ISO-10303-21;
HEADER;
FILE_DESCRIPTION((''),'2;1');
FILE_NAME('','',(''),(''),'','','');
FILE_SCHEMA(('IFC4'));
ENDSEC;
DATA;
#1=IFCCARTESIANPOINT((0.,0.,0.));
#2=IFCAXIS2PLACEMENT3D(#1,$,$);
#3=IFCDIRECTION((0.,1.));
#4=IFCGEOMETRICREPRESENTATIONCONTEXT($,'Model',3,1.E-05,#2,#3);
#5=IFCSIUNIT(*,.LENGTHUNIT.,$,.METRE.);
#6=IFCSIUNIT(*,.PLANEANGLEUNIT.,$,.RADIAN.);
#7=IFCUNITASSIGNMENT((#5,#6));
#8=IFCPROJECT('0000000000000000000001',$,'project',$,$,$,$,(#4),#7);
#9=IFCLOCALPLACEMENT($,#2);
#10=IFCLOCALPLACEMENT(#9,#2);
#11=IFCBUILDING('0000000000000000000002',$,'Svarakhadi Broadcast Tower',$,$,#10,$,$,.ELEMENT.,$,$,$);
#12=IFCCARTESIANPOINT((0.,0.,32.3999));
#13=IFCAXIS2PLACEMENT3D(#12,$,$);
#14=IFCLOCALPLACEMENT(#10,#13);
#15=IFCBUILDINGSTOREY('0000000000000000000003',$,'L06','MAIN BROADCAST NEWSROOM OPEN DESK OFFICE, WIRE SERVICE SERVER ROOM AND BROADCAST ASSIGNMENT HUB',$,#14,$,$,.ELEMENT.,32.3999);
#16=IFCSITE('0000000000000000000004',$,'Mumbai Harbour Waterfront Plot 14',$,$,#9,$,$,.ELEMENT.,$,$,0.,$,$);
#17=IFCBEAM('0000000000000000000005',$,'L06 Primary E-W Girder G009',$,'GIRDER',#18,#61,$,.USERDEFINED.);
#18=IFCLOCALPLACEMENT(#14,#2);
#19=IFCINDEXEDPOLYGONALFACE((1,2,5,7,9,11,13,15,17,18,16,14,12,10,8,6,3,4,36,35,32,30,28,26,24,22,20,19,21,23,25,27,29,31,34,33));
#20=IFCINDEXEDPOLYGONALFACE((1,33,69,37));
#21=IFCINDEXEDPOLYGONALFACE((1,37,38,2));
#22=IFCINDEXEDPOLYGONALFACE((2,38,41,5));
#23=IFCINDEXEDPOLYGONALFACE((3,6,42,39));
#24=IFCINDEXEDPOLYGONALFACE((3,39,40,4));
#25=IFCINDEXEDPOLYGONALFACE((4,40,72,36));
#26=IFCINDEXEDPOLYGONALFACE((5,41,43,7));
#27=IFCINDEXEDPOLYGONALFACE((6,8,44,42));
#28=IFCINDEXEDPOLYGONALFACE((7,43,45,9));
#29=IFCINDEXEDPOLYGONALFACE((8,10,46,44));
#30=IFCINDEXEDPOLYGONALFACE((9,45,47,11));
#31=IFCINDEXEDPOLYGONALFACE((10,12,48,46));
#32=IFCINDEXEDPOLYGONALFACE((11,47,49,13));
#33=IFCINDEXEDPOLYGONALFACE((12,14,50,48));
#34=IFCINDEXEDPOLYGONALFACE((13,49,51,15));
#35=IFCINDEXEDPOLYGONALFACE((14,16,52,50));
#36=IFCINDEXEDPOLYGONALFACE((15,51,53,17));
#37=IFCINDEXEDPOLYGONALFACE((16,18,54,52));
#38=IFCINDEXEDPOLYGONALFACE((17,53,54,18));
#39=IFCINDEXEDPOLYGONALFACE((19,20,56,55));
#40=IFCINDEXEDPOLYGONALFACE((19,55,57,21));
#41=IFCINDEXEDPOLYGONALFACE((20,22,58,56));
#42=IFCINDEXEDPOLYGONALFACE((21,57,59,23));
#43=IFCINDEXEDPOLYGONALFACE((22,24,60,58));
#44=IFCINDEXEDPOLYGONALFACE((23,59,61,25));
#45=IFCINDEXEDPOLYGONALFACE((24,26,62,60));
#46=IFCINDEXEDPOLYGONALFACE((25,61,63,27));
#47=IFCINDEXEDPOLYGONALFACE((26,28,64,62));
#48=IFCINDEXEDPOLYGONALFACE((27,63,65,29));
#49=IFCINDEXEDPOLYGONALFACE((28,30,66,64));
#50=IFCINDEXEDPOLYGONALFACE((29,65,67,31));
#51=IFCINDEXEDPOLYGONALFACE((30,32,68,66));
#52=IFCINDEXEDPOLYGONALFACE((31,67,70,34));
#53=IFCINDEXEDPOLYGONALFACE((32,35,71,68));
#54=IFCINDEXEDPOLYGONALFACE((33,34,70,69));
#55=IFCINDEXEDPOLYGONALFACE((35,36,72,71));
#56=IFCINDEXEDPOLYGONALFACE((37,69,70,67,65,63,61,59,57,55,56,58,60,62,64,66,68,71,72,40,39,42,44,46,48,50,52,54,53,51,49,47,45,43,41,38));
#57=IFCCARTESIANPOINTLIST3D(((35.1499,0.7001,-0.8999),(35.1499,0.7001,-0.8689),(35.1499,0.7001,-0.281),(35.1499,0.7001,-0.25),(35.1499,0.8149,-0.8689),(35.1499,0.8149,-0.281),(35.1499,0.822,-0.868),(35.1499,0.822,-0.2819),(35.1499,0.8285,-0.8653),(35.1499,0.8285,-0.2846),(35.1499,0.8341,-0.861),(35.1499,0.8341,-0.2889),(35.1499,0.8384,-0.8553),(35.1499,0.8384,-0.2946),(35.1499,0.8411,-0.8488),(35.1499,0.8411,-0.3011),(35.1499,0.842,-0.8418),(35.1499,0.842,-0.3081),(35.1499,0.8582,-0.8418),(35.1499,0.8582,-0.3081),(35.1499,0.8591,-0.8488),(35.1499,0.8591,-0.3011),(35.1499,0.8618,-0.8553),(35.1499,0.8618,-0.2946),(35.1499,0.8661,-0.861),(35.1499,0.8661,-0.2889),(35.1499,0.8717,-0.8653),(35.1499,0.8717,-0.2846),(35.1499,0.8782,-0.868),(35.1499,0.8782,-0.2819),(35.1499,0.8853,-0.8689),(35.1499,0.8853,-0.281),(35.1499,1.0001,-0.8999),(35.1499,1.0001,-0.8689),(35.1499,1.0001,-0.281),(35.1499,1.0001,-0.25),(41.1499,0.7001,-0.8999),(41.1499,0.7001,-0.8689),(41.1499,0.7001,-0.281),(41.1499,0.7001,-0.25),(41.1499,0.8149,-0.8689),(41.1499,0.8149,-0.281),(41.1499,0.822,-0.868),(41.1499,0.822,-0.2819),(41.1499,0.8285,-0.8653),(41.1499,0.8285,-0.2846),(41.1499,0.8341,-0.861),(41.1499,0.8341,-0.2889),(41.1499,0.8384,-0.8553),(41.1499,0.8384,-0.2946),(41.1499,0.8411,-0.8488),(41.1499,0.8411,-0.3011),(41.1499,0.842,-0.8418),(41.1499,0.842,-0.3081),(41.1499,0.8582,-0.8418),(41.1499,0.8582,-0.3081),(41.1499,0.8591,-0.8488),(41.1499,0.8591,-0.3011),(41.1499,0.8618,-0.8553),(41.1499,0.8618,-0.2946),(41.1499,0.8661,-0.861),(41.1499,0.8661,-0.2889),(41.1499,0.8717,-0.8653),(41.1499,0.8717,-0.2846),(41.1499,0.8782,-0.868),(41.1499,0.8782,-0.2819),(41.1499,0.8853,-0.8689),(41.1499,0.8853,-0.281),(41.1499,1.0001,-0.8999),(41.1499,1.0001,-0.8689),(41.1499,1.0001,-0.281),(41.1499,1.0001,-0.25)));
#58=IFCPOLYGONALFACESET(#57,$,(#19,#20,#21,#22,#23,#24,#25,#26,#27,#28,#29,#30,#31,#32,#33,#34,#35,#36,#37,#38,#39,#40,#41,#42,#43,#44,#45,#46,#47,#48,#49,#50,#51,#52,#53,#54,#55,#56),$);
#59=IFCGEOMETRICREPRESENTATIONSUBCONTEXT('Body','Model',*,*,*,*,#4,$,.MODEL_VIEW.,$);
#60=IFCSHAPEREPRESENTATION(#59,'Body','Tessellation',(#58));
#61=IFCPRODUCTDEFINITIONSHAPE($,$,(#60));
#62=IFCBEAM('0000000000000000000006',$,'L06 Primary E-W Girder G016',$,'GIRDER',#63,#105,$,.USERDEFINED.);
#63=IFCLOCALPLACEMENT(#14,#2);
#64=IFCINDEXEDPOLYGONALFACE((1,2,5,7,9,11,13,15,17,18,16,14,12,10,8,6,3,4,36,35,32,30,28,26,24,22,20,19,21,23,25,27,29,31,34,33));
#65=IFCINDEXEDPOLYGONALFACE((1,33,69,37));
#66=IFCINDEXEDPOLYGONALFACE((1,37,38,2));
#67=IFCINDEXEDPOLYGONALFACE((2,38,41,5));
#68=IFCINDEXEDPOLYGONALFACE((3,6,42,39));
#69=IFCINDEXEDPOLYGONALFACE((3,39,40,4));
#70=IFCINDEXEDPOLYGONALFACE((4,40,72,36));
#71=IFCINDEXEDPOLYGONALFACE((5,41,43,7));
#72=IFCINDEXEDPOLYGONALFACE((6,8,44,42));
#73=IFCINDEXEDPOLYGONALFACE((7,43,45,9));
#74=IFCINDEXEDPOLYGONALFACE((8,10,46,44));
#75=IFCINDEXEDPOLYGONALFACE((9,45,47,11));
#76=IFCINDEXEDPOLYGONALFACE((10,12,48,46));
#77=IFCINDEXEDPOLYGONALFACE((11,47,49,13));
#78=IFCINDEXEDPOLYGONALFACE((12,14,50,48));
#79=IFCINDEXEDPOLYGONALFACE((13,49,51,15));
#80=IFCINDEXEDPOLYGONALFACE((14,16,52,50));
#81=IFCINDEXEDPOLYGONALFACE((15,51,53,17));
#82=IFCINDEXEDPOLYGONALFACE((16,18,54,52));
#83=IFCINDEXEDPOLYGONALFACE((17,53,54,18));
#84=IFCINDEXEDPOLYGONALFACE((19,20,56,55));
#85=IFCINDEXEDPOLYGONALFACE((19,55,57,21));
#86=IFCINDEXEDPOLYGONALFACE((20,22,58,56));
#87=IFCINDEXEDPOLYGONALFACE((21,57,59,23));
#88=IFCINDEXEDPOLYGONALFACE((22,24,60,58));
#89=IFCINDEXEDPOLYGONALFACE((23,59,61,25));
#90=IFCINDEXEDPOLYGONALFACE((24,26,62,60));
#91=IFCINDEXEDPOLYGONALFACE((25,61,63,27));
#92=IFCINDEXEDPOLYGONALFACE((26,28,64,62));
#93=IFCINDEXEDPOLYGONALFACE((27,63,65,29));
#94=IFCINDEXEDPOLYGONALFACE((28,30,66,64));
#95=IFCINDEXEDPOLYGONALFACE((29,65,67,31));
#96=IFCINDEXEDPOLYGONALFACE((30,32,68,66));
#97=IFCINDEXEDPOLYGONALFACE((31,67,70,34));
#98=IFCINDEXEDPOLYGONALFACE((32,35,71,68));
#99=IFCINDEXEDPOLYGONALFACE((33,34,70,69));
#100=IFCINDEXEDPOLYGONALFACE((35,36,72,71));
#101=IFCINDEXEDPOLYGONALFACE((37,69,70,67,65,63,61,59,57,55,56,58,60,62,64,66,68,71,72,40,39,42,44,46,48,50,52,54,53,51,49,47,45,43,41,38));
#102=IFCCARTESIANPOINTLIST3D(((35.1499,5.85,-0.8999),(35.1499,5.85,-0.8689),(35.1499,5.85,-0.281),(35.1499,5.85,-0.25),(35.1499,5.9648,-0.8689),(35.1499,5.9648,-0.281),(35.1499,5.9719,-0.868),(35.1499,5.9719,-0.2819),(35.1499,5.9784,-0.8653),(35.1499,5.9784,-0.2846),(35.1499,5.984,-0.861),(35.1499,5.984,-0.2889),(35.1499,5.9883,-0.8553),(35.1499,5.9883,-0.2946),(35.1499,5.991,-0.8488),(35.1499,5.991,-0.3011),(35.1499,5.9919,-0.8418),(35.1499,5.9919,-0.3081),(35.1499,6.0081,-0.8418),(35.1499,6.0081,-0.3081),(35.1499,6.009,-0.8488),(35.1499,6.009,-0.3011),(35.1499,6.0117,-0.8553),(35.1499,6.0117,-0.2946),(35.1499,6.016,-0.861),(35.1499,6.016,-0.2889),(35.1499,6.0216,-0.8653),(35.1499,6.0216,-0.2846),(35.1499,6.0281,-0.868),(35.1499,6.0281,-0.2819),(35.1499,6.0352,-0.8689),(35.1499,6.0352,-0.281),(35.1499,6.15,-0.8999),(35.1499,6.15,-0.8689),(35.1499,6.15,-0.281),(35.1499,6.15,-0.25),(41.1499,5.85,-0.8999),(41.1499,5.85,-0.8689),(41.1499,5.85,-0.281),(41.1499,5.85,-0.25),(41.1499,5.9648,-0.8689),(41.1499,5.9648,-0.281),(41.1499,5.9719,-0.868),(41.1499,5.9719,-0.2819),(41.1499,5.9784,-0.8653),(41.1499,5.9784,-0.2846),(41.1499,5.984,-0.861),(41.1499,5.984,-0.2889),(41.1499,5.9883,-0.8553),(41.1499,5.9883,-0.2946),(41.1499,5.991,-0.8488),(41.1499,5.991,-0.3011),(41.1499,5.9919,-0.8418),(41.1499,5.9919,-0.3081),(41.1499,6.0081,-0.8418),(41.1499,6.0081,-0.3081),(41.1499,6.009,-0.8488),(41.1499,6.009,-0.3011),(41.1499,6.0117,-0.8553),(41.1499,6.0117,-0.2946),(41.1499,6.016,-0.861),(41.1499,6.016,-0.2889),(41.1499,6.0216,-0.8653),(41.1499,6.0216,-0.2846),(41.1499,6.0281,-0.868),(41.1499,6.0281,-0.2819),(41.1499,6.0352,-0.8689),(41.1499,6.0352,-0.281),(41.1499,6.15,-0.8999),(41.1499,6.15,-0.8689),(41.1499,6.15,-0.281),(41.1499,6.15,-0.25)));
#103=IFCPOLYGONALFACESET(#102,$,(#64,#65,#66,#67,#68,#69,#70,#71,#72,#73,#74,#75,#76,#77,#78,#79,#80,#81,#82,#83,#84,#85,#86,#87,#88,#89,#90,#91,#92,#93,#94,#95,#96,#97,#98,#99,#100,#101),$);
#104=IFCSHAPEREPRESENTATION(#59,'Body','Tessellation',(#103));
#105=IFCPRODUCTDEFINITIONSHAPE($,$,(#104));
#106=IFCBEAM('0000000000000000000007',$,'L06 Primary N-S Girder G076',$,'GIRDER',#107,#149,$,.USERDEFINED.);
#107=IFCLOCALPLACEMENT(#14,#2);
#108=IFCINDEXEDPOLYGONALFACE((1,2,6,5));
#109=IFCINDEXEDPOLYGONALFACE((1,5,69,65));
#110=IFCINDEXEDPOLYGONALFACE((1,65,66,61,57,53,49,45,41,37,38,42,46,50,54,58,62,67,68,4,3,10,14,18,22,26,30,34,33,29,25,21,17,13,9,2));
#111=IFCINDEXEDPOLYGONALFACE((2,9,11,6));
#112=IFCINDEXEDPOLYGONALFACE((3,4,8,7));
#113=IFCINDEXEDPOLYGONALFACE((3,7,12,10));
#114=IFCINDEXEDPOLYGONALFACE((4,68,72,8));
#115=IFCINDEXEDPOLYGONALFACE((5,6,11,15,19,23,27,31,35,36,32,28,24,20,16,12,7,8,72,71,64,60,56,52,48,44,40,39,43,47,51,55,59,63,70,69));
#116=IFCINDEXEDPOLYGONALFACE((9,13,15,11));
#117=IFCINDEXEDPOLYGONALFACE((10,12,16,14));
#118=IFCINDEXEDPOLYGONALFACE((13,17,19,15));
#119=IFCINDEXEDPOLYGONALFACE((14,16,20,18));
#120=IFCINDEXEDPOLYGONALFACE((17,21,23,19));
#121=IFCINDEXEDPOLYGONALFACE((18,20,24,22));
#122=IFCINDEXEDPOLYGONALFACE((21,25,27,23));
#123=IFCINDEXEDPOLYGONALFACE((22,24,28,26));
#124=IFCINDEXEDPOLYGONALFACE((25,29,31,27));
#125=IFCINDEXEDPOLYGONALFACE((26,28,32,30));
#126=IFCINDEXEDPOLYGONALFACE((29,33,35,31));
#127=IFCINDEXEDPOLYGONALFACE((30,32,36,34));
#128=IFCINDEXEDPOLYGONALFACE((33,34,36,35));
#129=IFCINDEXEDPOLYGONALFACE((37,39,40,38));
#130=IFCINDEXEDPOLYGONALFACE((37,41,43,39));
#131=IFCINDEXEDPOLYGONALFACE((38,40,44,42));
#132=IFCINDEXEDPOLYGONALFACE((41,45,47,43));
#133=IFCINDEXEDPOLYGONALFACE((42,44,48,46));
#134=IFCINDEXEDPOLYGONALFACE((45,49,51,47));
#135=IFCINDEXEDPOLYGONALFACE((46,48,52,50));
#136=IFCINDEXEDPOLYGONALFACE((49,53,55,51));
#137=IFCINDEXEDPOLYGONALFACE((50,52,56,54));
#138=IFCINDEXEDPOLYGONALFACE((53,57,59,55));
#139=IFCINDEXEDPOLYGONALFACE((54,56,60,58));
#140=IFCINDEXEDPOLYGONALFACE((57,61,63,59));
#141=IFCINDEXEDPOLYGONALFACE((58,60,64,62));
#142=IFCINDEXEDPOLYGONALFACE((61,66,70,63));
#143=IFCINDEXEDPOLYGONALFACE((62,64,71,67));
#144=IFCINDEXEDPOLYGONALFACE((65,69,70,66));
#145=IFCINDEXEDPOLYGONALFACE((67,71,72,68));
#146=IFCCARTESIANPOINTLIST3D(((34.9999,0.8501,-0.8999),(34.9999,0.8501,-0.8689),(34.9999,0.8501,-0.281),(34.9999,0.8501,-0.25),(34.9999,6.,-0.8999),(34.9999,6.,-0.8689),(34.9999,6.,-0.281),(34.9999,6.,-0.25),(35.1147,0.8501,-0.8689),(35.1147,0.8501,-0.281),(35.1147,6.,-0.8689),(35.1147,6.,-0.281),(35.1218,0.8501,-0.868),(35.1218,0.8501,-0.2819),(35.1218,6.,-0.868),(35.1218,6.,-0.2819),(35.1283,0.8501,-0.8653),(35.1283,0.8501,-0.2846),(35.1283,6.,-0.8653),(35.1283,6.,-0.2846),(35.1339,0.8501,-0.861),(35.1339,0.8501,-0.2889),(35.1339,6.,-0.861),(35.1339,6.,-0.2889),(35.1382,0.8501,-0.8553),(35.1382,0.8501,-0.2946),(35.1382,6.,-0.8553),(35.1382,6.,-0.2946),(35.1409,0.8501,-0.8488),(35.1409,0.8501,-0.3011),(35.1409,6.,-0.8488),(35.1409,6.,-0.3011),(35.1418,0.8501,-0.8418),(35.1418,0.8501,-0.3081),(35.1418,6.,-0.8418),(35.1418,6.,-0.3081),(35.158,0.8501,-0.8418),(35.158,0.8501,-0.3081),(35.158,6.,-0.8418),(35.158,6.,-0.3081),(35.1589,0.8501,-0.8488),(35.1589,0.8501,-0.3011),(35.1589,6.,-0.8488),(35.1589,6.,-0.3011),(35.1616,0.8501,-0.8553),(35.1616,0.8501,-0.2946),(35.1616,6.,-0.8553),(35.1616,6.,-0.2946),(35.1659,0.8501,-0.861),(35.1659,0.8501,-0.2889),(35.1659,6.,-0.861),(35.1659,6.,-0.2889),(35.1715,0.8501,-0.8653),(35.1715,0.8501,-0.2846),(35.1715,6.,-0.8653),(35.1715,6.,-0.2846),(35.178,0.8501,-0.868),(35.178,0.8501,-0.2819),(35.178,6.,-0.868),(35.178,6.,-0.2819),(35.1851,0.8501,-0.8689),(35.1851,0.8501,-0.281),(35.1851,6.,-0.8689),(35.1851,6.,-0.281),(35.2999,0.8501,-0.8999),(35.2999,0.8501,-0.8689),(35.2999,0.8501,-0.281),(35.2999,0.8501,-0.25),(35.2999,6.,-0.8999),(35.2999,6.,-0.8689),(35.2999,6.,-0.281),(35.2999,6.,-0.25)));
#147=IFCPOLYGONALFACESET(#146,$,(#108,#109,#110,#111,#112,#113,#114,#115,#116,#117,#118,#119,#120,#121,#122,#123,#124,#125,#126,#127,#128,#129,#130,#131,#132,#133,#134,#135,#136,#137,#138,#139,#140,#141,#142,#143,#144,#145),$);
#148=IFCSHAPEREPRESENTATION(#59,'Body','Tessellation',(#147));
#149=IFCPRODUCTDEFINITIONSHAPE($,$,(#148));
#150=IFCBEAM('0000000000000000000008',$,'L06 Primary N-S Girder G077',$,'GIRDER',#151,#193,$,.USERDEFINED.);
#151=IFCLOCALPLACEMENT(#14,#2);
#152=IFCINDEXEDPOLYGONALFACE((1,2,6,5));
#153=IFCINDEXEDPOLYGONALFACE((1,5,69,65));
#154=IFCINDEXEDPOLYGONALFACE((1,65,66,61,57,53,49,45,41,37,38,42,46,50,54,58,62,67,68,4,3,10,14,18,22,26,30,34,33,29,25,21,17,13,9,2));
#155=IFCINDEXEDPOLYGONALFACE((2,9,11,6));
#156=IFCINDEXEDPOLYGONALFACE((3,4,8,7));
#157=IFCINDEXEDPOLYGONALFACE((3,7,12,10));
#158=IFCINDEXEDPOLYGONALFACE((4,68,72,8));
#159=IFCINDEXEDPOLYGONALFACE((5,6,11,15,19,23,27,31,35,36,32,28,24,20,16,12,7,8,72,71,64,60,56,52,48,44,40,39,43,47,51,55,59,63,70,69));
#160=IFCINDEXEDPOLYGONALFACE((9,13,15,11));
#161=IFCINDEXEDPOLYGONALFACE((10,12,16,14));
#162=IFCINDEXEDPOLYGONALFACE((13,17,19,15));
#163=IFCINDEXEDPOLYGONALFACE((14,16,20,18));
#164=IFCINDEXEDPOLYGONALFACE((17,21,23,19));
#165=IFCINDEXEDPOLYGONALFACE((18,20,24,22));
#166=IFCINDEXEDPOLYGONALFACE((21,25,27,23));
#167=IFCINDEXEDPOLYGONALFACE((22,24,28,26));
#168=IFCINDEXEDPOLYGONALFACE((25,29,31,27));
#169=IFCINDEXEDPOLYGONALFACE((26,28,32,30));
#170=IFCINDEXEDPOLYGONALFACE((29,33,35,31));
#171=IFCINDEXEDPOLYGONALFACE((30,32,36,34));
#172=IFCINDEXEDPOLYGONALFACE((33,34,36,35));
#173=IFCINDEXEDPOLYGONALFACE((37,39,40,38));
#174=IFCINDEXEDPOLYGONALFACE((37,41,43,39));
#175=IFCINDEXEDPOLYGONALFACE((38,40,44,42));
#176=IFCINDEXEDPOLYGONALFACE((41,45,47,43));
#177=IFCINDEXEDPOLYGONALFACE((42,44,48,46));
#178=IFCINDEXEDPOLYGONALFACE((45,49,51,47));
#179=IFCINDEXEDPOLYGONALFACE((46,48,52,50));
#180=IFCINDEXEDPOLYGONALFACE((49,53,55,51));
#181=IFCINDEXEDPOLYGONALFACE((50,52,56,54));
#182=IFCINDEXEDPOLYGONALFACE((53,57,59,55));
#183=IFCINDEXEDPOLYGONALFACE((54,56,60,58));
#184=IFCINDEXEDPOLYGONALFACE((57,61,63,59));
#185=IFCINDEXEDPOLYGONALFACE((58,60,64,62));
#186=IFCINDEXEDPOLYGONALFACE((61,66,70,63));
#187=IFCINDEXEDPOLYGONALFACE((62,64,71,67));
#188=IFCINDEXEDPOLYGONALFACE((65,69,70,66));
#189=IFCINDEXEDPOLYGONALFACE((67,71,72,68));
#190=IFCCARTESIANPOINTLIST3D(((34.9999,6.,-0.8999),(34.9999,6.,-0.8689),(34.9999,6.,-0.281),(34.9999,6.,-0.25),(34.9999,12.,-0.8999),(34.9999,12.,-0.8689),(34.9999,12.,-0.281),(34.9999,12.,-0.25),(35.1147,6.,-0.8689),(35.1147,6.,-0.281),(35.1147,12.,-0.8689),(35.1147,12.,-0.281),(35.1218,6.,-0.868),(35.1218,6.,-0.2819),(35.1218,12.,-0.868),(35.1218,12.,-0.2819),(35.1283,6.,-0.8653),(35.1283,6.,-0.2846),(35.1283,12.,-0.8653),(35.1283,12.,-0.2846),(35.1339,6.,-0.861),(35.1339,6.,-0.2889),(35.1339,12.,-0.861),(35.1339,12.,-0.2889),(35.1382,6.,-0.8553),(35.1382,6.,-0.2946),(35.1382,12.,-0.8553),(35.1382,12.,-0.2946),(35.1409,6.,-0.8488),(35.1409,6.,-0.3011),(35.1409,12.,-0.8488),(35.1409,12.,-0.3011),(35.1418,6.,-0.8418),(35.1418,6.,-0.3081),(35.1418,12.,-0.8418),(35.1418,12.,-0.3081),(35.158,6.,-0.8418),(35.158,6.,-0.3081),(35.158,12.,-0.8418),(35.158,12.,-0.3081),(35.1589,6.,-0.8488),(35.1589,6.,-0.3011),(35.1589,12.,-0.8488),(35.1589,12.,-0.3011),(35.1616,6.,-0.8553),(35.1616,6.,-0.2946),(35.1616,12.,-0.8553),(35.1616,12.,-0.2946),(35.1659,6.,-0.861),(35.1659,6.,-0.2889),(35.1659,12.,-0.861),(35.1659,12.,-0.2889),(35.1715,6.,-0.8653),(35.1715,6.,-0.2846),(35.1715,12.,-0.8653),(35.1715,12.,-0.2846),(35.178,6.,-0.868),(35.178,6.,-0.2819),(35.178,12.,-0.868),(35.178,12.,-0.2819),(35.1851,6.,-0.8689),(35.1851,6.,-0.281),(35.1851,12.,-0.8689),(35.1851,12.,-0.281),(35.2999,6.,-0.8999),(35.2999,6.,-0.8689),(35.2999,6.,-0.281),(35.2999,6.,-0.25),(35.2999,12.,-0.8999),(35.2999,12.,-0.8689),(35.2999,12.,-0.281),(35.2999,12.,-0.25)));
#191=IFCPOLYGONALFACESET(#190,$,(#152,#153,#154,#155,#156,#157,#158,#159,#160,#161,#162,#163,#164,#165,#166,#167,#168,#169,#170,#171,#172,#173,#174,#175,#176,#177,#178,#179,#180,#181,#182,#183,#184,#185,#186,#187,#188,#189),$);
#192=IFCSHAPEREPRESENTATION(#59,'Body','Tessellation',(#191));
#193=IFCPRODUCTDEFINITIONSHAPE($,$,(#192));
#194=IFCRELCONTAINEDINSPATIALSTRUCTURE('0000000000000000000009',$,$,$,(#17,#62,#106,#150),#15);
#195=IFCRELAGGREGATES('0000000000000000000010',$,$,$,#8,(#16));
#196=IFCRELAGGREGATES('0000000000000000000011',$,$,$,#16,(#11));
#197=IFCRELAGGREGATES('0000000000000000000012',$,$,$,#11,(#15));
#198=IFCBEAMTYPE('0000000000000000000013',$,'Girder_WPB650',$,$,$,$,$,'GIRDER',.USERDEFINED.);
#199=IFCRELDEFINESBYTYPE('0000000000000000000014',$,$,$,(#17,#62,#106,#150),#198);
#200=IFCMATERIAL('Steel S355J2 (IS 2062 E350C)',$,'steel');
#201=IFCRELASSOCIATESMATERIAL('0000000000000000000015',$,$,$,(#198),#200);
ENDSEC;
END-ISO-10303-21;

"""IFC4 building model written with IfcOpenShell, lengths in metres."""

from ifc_helpers import new_model, si_unit, direction, frame, origin, origin_2d, place, context, subcontext, project, spatial, i_section, extrude, material, material_profile, profile_set, type_object, element, save


model = new_model("IFC4")

# Units and contexts
model_context = context("Model", 3, precision=1e-05, world=origin(), true_north=direction((0.0, 1.0)))
body_context = subcontext(model_context, "Body", "Model", "MODEL_VIEW")
ifc_project = project(units=[si_unit("LENGTHUNIT", "METRE"), si_unit("PLANEANGLEUNIT", "RADIAN")], contexts=[model_context])

# Site, building, storey
site_placement = place(None, origin())
site = spatial("IfcSite", under=ifc_project, at=site_placement, Name="Mumbai Harbour Waterfront Plot 14", CompositionType="ELEMENT", RefElevation=0.0)
building_placement = place(site_placement, origin())
building = spatial("IfcBuilding", under=site, at=building_placement, Name="Svarakhadi Broadcast Tower", CompositionType="ELEMENT")
storey_placement = place(building_placement, frame((0.0, 0.0, 32.3999)))
storey = spatial("IfcBuildingStorey", under=building, at=storey_placement, Name="L06", Description="MAIN BROADCAST NEWSROOM OPEN DESK OFFICE, WIRE SERVICE SERVER ROOM AND BROADCAST ASSIGNMENT HUB", CompositionType="ELEMENT", Elevation=32.3999)

# Shared definitions
ifc_material_1 = material(Name="Steel S355J2 (IS 2062 E350C)", Category="steel")

# Beams
ifc_material_profile_1 = material_profile(ifc_material_1, i_section(OverallWidth=0.3, OverallDepth=0.6499, WebThickness=0.0161, FlangeThickness=0.031, FilletRadius=0.0271, at=origin_2d()), Name="WPB 650x300x225")
ifc_profile_set_1 = profile_set([ifc_material_profile_1], Name="Steel S355J2 (IS 2062 E350C)")
beam_type_1 = type_object("IfcBeamType", Name="Girder_WPB650", ElementType="GIRDER", PredefinedType="USERDEFINED", material=ifc_profile_set_1)
for number, where, z_axis, x_axis, name in (
    (1, (35.1499, 0.8501, -0.575), (1.0, 0.0, 0.0), (0.0, 1.0, 0.0), "L06 Primary E-W Girder G009"),
    (2, (35.1499, 6.0, -0.575), (1.0, 0.0, 0.0), (0.0, 1.0, 0.0), "L06 Primary E-W Girder G016"),
):
    element("IfcBeam", number, at=place(storey_placement, frame(where, z_axis=z_axis, x_axis=x_axis)), inside=storey, type_object=beam_type_1, Name=name, ObjectType="GIRDER", PredefinedType="USERDEFINED", context=body_context, shape_type="SweptSolid", body=[
        extrude(i_section(OverallWidth=0.3, OverallDepth=0.6499, WebThickness=0.0161, FlangeThickness=0.031, FilletRadius=0.0271, at=origin_2d()), origin(), (0.0, 0.0, 1.0), 6.0),
    ])
beam_1_placement = place(storey_placement, frame((35.1499, 0.8501, -0.575), z_axis=(0.0, 1.0, 0.0), x_axis=(-1.0, 0.0, 0.0)))
element("IfcBeam", 3, at=beam_1_placement, inside=storey, type_object=beam_type_1, Name="L06 Primary N-S Girder G076", ObjectType="GIRDER", PredefinedType="USERDEFINED", context=body_context, shape_type="SweptSolid", body=[
    extrude(i_section(OverallWidth=0.3, OverallDepth=0.6499, WebThickness=0.0161, FlangeThickness=0.031, FilletRadius=0.0271, at=origin_2d()), origin(), (0.0, 0.0, 1.0), 5.1499),
])
beam_2_placement = place(storey_placement, frame((35.1499, 6.0, -0.575), z_axis=(0.0, 1.0, 0.0), x_axis=(-1.0, 0.0, 0.0)))
element("IfcBeam", 4, at=beam_2_placement, inside=storey, type_object=beam_type_1, Name="L06 Primary N-S Girder G077", ObjectType="GIRDER", PredefinedType="USERDEFINED", context=body_context, shape_type="SweptSolid", body=[
    extrude(i_section(OverallWidth=0.3, OverallDepth=0.6499, WebThickness=0.0161, FlangeThickness=0.031, FilletRadius=0.0271, at=origin_2d()), origin(), (0.0, 0.0, 1.0), 6.0),
])

save(model, "model.ifc")
